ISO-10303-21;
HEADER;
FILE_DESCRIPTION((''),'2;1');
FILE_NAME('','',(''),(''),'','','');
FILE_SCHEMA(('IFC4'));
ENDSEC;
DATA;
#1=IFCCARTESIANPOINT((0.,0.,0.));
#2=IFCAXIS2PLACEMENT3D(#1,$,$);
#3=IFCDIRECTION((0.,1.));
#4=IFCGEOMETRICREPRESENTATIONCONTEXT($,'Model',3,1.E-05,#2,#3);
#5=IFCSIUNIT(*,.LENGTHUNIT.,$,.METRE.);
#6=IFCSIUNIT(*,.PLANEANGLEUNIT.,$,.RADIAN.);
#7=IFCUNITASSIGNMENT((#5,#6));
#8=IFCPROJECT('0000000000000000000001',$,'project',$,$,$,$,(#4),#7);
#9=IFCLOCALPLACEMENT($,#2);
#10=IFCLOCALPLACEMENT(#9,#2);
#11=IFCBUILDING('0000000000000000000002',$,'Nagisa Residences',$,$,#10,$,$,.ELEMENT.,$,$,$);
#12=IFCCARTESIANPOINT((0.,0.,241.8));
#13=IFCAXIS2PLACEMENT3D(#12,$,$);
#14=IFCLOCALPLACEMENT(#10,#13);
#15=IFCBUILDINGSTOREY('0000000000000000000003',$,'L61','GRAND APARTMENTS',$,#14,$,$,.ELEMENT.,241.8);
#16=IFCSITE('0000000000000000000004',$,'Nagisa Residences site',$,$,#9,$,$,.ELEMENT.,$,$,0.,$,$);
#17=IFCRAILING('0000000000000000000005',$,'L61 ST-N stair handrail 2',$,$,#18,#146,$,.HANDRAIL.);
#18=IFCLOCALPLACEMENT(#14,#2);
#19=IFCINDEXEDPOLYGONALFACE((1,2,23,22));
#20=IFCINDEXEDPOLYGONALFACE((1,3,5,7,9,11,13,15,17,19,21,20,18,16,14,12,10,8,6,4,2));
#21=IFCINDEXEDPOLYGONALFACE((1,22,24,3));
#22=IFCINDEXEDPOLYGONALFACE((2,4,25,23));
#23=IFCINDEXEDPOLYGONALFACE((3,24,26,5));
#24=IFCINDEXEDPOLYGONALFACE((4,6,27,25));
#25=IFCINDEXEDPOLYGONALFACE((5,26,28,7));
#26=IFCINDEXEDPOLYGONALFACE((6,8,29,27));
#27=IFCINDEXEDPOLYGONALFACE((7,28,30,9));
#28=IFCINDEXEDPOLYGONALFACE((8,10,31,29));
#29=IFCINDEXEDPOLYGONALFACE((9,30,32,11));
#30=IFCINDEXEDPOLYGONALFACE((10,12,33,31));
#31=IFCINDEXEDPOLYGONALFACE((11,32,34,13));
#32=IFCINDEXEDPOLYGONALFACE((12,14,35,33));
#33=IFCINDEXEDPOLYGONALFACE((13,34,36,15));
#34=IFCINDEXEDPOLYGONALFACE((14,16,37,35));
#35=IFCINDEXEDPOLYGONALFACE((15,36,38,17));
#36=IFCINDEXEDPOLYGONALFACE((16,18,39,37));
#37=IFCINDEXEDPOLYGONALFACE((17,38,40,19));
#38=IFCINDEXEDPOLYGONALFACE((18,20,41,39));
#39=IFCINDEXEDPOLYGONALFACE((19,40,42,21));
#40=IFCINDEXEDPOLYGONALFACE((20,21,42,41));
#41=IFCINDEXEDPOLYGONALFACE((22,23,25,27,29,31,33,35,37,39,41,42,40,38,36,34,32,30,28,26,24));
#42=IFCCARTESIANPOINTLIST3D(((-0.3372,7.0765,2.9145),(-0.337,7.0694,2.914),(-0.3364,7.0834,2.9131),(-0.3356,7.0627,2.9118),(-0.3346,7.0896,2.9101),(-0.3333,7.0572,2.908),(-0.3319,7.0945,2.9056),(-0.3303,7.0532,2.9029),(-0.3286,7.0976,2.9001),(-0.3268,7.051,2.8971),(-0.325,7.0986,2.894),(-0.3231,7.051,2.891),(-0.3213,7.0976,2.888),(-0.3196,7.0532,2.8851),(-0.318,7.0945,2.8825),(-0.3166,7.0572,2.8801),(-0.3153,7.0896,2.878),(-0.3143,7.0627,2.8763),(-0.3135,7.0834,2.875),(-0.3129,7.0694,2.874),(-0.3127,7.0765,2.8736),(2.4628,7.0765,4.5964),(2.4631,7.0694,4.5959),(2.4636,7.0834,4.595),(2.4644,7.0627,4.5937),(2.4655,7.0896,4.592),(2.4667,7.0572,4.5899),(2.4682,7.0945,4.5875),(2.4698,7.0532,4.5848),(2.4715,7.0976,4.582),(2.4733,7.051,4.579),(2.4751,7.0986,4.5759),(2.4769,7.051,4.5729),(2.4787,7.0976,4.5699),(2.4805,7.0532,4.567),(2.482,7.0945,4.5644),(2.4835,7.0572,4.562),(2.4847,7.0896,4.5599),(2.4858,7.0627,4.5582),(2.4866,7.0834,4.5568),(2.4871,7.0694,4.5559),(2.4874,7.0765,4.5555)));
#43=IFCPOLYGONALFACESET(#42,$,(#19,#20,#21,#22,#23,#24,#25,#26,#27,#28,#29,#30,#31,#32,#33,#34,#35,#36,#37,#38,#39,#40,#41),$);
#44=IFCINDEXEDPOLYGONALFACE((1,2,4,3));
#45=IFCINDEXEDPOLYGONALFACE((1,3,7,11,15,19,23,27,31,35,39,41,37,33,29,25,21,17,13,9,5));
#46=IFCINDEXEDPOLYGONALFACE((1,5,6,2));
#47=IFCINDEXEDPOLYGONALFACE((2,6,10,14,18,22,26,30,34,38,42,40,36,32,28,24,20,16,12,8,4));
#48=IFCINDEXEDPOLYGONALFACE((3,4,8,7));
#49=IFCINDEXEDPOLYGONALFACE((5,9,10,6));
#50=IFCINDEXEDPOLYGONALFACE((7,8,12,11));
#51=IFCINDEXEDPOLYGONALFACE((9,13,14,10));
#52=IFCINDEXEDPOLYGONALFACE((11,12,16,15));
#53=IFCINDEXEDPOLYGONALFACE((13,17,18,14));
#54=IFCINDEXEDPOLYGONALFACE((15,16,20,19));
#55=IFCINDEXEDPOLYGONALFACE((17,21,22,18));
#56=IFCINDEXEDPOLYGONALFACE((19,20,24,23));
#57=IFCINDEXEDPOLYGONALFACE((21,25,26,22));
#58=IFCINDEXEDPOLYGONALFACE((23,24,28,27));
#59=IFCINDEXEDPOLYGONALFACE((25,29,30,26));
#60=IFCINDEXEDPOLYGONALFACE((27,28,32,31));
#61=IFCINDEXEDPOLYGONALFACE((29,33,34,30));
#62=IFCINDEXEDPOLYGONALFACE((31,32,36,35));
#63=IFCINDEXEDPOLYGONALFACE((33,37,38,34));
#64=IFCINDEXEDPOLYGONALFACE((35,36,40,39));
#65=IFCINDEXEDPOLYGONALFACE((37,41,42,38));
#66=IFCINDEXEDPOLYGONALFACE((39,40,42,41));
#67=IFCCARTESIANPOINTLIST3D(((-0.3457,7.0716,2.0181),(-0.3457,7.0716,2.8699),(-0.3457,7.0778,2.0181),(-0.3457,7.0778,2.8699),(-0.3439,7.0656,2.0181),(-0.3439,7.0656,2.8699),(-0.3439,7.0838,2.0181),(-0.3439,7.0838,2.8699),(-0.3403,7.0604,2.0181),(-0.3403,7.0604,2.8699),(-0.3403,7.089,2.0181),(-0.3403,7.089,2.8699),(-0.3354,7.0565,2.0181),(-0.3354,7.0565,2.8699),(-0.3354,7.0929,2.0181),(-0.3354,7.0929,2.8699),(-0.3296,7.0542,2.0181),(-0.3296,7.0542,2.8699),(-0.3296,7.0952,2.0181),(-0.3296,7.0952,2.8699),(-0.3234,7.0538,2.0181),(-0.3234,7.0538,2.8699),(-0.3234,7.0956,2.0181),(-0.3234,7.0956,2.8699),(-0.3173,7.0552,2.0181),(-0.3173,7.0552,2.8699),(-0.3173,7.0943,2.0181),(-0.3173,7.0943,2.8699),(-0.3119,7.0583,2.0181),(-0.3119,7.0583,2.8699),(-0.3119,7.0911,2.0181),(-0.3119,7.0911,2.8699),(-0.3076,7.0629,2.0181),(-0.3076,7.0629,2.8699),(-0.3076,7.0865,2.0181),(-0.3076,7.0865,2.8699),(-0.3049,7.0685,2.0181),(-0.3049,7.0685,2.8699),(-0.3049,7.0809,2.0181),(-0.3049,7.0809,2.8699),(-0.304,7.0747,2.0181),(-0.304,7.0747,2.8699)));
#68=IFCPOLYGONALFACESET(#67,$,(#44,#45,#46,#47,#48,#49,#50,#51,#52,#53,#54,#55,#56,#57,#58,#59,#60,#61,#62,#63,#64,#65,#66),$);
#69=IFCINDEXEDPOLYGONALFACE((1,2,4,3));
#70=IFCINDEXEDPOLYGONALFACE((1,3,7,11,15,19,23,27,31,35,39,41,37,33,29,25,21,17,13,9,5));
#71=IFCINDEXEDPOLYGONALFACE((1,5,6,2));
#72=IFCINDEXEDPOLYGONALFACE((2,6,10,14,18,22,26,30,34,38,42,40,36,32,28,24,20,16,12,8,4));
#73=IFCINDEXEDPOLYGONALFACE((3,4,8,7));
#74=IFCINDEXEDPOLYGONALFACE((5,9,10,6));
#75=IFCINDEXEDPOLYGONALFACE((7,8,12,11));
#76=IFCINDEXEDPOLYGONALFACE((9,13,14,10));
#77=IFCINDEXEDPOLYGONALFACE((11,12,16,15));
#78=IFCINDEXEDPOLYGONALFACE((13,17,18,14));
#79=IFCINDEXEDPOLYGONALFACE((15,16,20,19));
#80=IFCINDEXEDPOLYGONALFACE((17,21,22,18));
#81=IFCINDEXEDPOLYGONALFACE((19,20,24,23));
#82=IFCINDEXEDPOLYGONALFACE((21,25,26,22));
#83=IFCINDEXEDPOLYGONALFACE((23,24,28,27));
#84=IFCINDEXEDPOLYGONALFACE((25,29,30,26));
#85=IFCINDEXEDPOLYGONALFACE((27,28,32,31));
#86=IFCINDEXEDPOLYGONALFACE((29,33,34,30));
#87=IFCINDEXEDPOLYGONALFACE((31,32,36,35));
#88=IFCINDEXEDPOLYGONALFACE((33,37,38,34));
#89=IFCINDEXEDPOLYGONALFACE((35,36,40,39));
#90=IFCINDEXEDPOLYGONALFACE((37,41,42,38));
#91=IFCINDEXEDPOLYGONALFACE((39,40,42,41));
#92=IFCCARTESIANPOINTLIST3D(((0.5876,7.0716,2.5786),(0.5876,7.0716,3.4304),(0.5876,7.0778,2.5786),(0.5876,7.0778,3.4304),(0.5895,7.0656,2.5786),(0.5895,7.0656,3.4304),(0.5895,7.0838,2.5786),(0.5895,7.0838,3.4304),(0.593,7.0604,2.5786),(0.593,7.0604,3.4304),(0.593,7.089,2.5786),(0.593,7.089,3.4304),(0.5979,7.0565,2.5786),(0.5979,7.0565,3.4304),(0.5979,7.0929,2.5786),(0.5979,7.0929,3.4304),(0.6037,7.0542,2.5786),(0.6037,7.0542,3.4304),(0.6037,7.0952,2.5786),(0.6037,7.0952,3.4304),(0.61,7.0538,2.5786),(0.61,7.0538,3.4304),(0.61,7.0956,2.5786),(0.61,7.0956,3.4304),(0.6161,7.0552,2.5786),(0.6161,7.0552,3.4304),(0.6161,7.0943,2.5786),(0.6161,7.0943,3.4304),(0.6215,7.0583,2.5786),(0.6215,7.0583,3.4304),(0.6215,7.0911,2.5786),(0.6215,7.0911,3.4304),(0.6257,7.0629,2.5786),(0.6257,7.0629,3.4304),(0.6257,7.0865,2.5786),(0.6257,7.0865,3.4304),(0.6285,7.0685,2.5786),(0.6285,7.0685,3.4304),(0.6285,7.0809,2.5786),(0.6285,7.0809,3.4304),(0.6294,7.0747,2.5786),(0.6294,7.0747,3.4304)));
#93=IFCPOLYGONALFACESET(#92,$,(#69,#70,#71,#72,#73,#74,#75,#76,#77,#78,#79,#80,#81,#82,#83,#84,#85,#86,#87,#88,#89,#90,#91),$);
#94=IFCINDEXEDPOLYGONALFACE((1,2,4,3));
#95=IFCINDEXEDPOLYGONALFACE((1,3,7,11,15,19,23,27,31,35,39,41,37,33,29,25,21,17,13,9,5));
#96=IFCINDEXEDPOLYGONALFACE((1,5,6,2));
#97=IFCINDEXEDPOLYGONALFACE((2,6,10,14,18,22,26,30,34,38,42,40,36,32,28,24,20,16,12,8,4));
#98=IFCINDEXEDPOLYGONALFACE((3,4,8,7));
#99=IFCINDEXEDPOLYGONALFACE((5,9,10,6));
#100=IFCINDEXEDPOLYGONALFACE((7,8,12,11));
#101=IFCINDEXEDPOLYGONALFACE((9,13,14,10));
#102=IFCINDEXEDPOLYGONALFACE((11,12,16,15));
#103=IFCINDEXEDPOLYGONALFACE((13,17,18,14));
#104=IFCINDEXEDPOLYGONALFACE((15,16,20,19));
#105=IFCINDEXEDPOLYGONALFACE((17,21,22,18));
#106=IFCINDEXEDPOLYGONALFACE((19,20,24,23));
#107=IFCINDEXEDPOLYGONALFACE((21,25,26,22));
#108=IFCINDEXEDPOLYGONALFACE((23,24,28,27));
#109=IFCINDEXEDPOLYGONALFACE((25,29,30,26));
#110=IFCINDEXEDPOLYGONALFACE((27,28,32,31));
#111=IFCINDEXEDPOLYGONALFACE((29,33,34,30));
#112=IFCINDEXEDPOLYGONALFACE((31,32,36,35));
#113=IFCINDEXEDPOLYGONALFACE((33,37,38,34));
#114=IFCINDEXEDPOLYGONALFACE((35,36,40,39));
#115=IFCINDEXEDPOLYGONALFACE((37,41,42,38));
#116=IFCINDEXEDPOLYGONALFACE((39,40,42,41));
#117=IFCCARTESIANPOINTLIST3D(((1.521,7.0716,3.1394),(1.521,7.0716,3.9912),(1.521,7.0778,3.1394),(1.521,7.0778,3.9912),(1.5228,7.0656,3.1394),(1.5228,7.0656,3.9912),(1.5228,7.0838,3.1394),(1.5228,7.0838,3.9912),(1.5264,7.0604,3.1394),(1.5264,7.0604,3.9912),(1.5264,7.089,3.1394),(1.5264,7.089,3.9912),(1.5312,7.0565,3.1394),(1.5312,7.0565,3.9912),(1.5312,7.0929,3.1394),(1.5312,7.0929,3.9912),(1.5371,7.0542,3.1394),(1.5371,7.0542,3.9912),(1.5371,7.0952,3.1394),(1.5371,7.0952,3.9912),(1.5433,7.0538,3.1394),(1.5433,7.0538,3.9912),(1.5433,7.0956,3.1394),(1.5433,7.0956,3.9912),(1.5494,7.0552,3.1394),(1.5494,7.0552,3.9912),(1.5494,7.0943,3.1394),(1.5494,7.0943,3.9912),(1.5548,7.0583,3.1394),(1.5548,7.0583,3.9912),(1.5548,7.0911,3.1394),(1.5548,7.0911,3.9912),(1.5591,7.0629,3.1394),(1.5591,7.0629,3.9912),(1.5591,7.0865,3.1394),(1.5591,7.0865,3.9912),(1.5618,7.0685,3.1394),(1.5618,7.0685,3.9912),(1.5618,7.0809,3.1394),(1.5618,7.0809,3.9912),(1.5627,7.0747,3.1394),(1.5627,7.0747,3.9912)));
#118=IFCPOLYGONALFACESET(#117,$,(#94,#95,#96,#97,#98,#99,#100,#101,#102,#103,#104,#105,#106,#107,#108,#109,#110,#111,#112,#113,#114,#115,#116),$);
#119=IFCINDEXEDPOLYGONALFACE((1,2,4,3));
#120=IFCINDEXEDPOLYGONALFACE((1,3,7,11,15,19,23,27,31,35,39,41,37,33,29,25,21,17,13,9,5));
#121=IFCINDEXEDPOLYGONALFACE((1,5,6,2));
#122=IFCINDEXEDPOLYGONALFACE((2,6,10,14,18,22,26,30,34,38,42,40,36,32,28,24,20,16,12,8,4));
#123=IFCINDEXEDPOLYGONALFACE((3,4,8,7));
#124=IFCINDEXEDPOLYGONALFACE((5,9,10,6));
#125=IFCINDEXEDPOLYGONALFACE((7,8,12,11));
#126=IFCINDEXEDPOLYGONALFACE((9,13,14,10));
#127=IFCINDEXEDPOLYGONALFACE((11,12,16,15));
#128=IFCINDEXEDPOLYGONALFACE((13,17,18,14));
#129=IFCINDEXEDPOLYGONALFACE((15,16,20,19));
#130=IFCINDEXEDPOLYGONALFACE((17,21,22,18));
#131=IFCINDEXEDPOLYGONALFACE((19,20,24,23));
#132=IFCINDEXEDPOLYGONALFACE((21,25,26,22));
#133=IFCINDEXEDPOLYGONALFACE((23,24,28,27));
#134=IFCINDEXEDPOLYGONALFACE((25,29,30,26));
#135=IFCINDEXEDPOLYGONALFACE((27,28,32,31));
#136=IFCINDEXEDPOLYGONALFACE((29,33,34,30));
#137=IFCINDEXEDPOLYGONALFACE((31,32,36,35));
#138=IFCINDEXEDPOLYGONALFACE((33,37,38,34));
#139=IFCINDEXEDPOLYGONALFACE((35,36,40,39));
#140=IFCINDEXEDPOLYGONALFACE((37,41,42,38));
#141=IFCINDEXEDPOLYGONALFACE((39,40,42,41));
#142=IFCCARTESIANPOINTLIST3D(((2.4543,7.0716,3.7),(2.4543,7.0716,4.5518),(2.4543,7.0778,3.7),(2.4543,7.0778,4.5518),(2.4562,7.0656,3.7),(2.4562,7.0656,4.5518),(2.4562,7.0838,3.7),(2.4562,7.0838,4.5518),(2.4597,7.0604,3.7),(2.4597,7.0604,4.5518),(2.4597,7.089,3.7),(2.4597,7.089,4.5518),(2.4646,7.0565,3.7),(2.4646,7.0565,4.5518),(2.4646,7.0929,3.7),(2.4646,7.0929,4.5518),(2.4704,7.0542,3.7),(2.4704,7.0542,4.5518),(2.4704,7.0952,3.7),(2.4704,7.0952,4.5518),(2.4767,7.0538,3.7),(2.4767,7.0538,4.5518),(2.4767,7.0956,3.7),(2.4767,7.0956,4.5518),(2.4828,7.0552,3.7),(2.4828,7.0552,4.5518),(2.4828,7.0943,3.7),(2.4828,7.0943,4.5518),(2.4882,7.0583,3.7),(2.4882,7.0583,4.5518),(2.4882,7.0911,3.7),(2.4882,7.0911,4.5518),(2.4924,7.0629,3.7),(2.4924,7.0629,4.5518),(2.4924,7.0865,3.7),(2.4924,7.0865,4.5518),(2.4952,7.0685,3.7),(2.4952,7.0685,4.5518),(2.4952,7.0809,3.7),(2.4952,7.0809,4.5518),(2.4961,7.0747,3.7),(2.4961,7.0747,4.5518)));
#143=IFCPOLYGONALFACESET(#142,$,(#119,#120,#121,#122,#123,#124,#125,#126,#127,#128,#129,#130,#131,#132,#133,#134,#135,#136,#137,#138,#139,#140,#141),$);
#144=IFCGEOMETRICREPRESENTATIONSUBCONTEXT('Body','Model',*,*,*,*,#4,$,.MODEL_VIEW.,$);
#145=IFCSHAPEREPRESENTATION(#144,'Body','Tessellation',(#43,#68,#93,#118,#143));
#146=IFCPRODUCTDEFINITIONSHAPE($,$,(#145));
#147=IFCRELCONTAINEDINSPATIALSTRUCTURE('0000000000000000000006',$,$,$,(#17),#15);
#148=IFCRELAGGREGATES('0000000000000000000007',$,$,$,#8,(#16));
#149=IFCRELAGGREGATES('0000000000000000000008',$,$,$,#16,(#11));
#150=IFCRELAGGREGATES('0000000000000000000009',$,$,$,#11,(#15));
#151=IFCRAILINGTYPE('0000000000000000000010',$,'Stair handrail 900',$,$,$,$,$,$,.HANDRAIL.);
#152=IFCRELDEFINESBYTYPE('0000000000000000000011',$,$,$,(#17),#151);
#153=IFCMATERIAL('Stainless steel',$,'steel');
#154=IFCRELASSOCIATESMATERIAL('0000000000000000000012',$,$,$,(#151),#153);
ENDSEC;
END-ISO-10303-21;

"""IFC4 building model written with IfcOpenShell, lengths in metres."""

from ifc_helpers import new_model, si_unit, direction, frame, origin, origin_2d, place, context, subcontext, project, spatial, circle, extrude, material, type_object, element, save


model = new_model("IFC4")

# Units and contexts
model_context = context("Model", 3, precision=1e-05, world=origin(), true_north=direction((0.0, 1.0)))
body_context = subcontext(model_context, "Body", "Model", "MODEL_VIEW")
ifc_project = project(units=[si_unit("LENGTHUNIT", "METRE"), si_unit("PLANEANGLEUNIT", "RADIAN")], contexts=[model_context])

# Site, building, storey
site_placement = place(None, origin())
site = spatial("IfcSite", under=ifc_project, at=site_placement, Name="Nagisa Residences site", CompositionType="ELEMENT", RefElevation=0.0)
building_placement = place(site_placement, origin())
building = spatial("IfcBuilding", under=site, at=building_placement, Name="Nagisa Residences", CompositionType="ELEMENT")
storey_placement = place(building_placement, frame((0.0, 0.0, 241.8)))
storey = spatial("IfcBuildingStorey", under=building, at=storey_placement, Name="L61", Description="GRAND APARTMENTS", CompositionType="ELEMENT", Elevation=241.8)

# Railing
ifc_material_1 = material(Name="Stainless steel", Category="steel")
railing_type = type_object("IfcRailingType", Name="Stair handrail 900", PredefinedType="HANDRAIL", material=ifc_material_1)
railing_placement = place(storey_placement, frame((-0.325, 7.0747, 2.0181)))
element("IfcRailing", 1, at=railing_placement, inside=storey, type_object=railing_type, Name="L61 ST-N stair handrail 2", PredefinedType="HANDRAIL", context=body_context, shape_type="SweptSolid", body=[
    extrude(circle(Radius=0.0239, at=origin_2d()), frame((0.0, 0.0, 0.876), z_axis=(0.857242, 0.0, 0.514913), x_axis=(0.0, 1.0, 0.0)), (0.0, 0.0, 1.0), 3.2664),
    extrude(circle(Radius=0.021, at=origin_2d()), origin(), (0.0, 0.0, 1.0), 0.8518),
    extrude(circle(Radius=0.021, at=origin_2d()), frame((0.9333, 0.0, 0.5605)), (0.0, 0.0, 1.0), 0.8518),
    extrude(circle(Radius=0.021, at=origin_2d()), frame((1.8667, 0.0, 1.1213)), (0.0, 0.0, 1.0), 0.8518),
    extrude(circle(Radius=0.021, at=origin_2d()), frame((2.8, 0.0, 1.6819)), (0.0, 0.0, 1.0), 0.8518),
])

save(model, "model.ifc")
